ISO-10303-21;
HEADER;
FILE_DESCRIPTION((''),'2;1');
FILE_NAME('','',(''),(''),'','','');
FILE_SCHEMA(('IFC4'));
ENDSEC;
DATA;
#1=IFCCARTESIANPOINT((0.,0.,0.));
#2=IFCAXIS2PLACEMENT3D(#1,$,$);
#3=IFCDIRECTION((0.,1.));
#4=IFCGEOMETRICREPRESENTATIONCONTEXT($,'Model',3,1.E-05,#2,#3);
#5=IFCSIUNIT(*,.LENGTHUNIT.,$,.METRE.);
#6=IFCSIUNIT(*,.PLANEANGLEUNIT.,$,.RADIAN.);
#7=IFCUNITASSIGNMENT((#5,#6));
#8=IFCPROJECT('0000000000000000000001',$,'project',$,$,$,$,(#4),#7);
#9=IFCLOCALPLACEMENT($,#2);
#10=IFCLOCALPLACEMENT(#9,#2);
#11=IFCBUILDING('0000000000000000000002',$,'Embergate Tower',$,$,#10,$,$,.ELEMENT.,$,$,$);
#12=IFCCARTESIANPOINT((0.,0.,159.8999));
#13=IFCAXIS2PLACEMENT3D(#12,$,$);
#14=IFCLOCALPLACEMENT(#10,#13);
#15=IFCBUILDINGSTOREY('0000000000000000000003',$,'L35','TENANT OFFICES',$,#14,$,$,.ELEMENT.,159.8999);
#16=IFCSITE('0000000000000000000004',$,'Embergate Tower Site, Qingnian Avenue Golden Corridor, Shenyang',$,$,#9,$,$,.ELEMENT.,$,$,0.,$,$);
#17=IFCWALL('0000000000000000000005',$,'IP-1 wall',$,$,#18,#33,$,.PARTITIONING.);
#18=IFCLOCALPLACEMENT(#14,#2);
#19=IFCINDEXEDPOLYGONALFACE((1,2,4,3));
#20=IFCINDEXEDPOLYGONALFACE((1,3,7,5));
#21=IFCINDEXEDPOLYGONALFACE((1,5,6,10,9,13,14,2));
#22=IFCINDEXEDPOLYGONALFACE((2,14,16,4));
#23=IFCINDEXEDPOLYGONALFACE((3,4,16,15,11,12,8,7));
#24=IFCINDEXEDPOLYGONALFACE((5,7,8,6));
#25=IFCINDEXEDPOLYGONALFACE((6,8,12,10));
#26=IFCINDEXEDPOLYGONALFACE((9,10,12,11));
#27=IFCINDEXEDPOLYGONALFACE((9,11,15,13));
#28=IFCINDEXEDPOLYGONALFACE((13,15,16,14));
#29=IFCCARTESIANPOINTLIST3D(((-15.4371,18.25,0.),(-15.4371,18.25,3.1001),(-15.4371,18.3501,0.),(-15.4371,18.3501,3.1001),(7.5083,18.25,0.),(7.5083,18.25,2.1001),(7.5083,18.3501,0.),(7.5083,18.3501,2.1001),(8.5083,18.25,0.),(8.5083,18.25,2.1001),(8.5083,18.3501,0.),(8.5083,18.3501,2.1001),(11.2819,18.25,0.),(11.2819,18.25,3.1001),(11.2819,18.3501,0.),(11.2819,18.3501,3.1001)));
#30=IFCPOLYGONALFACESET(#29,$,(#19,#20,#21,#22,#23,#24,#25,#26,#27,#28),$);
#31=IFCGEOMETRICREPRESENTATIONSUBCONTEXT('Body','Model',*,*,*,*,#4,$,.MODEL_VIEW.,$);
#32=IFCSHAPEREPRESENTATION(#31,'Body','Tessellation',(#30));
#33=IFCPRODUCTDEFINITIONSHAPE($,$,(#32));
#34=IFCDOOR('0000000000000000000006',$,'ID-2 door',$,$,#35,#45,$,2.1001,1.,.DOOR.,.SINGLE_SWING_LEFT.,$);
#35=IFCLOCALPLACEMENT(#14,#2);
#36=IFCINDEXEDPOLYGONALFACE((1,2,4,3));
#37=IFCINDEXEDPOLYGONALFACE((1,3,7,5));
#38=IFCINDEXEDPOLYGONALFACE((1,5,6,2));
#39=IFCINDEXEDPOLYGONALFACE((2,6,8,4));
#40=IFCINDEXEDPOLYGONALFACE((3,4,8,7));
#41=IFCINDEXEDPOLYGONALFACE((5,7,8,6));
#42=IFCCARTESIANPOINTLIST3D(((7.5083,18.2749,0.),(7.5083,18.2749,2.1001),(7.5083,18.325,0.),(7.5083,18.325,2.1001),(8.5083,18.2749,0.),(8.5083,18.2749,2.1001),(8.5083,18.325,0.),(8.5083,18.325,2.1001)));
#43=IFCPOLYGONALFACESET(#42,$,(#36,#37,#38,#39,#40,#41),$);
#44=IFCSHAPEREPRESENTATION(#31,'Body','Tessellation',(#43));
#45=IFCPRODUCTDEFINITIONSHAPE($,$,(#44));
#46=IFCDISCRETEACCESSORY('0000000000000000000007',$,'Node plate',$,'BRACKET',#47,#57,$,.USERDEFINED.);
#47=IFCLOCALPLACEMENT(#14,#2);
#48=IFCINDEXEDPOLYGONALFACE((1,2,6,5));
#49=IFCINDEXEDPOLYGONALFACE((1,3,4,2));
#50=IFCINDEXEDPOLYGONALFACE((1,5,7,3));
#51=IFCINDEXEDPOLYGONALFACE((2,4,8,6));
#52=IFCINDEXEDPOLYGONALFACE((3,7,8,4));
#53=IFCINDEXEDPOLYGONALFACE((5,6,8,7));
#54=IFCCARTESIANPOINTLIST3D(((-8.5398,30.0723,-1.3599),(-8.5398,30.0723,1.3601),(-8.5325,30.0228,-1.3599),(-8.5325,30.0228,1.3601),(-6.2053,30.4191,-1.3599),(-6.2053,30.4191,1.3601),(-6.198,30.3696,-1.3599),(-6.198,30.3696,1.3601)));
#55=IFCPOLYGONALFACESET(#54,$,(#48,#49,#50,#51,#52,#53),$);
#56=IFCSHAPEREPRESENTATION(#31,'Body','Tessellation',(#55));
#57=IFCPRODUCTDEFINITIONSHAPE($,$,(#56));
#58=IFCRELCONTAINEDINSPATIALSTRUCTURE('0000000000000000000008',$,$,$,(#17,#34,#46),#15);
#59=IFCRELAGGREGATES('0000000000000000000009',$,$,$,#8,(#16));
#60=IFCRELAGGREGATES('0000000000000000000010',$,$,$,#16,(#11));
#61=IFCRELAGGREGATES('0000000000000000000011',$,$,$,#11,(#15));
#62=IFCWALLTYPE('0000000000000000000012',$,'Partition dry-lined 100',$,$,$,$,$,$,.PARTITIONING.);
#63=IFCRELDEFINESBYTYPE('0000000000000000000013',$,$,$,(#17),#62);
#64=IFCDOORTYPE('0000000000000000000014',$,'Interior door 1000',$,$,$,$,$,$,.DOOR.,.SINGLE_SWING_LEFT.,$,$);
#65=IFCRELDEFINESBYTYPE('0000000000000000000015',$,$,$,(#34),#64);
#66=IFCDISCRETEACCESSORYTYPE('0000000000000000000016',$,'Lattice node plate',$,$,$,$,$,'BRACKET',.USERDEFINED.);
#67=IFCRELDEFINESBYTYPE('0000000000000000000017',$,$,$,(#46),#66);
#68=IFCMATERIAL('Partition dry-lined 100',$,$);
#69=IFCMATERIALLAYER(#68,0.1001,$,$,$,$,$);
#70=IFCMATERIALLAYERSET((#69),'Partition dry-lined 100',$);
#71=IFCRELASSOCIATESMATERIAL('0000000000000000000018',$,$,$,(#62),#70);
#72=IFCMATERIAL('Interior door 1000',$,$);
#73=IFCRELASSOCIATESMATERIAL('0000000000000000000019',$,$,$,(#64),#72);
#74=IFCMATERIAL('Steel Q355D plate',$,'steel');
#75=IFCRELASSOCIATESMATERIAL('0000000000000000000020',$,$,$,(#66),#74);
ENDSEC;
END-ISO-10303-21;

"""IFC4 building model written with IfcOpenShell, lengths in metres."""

from ifc_helpers import new_model, si_unit, direction, frame, frame_2d, origin, origin_2d, place, context, subcontext, project, spatial, rectangle, extrude, source, transform, mapped, material, layer, layer_set, type_object, element, fill, save


model = new_model("IFC4")

# Units and contexts
model_context = context("Model", 3, precision=1e-05, world=origin(), true_north=direction((0.0, 1.0)))
body_context = subcontext(model_context, "Body", "Model", "MODEL_VIEW")
ifc_project = project(units=[si_unit("LENGTHUNIT", "METRE"), si_unit("PLANEANGLEUNIT", "RADIAN")], contexts=[model_context])

# Site, building, storey
site_placement = place(None, origin())
site = spatial("IfcSite", under=ifc_project, at=site_placement, Name="Embergate Tower Site, Qingnian Avenue Golden Corridor, Shenyang", CompositionType="ELEMENT", RefElevation=0.0)
building_placement = place(site_placement, origin())
building = spatial("IfcBuilding", under=site, at=building_placement, Name="Embergate Tower", CompositionType="ELEMENT")
storey_placement = place(building_placement, frame((0.0, 0.0, 159.8999)))
storey = spatial("IfcBuildingStorey", under=building, at=storey_placement, Name="L35", Description="TENANT OFFICES", CompositionType="ELEMENT", Elevation=159.8999)

# Wall, opening, door
ifc_material_1 = material(Name="Partition dry-lined 100")
ifc_layer_1 = layer(ifc_material_1, 0.1001)
ifc_layer_set_1 = layer_set([ifc_layer_1], Name="Partition dry-lined 100")
wall_type = type_object("IfcWallType", Name="Partition dry-lined 100", PredefinedType="PARTITIONING", material=ifc_layer_set_1)
shared_shape_1 = source(origin(), body_context, "Body", "SweptSolid", [
    extrude(rectangle(XDim=26.719, YDim=0.1001, at=frame_2d((13.3594, 0.0))), origin(), (0.0, 0.0, 1.0), 3.1001),
])
wall_placement = place(storey_placement, frame((-15.437, 18.3, 0.0), z_axis=(0.0, 0.0, 1.0), x_axis=(1.0, 0.0, 0.0)))
wall = element("IfcWall", 1, at=wall_placement, inside=storey, type_object=wall_type, Name="IP-1 wall", PredefinedType="PARTITIONING", context=body_context, shape_type="MappedRepresentation", body=[
    mapped(shared_shape_1, transform((0.0, 0.0, 0.0))),
])
shared_shape_2 = source(origin(), body_context, "Body", "SweptSolid", [
    extrude(rectangle(XDim=1.0, YDim=2.1001, at=frame_2d((0.5, 1.05))), frame((0.0, 0.0601, 0.0), z_axis=(0.0, -1.0, 0.0), x_axis=(1.0, 0.0, 0.0)), (0.0, 0.0, 1.0), 0.1201),
])
opening_placement = place(wall_placement, frame((22.9453, 0.0, 0.0)))
opening = element("IfcOpeningElement", 2, at=opening_placement, cuts=wall, PredefinedType="OPENING", context=body_context, shape_type="MappedRepresentation", body=[
    mapped(shared_shape_2, transform((0.0, 0.0, 0.0))),
])
ifc_material_2 = material(Name="Interior door 1000")
door_type = type_object("IfcDoorType", Name="Interior door 1000", OperationType="SINGLE_SWING_LEFT", PredefinedType="DOOR", material=ifc_material_2)
shared_shape_3 = source(origin(), body_context, "Body", "SweptSolid", [
    extrude(rectangle(XDim=1.0, YDim=2.1001, at=frame_2d((0.5, 1.05))), frame((0.0, 0.0249, 0.0), z_axis=(0.0, -1.0, 0.0), x_axis=(1.0, 0.0, 0.0)), (0.0, 0.0, 1.0), 0.05),
])
door_placement = place(opening_placement, origin())
door = element("IfcDoor", 3, at=door_placement, inside=storey, type_object=door_type, Name="ID-2 door", OperationType="SINGLE_SWING_LEFT", OverallHeight=2.1001, OverallWidth=1.0, PredefinedType="DOOR", context=body_context, shape_type="MappedRepresentation", body=[
    mapped(shared_shape_3, transform((0.0, 0.0, 0.0))),
])
fill(opening, door)

# Discrete accessory
ifc_material_3 = material(Name="Steel Q355D plate", Category="steel")
discrete_accessory_type = type_object("IfcDiscreteAccessoryType", Name="Lattice node plate", ElementType="BRACKET", PredefinedType="USERDEFINED", material=ifc_material_3)
shared_shape_4 = source(origin(), body_context, "Body", "SweptSolid", [
    extrude(rectangle(XDim=2.3601, YDim=0.05, at=origin_2d()), origin(), (0.0, 0.0, 1.0), 2.72),
])
discrete_accessory_placement = place(storey_placement, frame((-7.3689, 30.2209, -1.3599), z_axis=(0.0, 0.0, 1.0), x_axis=(-0.989147, -0.146929, 0.0)))
element("IfcDiscreteAccessory", 4, at=discrete_accessory_placement, inside=storey, type_object=discrete_accessory_type, Name="Node plate", ObjectType="BRACKET", PredefinedType="USERDEFINED", context=body_context, shape_type="MappedRepresentation", body=[
    mapped(shared_shape_4, transform((0.0, 0.0, 0.0))),
])

save(model, "model.ifc")
